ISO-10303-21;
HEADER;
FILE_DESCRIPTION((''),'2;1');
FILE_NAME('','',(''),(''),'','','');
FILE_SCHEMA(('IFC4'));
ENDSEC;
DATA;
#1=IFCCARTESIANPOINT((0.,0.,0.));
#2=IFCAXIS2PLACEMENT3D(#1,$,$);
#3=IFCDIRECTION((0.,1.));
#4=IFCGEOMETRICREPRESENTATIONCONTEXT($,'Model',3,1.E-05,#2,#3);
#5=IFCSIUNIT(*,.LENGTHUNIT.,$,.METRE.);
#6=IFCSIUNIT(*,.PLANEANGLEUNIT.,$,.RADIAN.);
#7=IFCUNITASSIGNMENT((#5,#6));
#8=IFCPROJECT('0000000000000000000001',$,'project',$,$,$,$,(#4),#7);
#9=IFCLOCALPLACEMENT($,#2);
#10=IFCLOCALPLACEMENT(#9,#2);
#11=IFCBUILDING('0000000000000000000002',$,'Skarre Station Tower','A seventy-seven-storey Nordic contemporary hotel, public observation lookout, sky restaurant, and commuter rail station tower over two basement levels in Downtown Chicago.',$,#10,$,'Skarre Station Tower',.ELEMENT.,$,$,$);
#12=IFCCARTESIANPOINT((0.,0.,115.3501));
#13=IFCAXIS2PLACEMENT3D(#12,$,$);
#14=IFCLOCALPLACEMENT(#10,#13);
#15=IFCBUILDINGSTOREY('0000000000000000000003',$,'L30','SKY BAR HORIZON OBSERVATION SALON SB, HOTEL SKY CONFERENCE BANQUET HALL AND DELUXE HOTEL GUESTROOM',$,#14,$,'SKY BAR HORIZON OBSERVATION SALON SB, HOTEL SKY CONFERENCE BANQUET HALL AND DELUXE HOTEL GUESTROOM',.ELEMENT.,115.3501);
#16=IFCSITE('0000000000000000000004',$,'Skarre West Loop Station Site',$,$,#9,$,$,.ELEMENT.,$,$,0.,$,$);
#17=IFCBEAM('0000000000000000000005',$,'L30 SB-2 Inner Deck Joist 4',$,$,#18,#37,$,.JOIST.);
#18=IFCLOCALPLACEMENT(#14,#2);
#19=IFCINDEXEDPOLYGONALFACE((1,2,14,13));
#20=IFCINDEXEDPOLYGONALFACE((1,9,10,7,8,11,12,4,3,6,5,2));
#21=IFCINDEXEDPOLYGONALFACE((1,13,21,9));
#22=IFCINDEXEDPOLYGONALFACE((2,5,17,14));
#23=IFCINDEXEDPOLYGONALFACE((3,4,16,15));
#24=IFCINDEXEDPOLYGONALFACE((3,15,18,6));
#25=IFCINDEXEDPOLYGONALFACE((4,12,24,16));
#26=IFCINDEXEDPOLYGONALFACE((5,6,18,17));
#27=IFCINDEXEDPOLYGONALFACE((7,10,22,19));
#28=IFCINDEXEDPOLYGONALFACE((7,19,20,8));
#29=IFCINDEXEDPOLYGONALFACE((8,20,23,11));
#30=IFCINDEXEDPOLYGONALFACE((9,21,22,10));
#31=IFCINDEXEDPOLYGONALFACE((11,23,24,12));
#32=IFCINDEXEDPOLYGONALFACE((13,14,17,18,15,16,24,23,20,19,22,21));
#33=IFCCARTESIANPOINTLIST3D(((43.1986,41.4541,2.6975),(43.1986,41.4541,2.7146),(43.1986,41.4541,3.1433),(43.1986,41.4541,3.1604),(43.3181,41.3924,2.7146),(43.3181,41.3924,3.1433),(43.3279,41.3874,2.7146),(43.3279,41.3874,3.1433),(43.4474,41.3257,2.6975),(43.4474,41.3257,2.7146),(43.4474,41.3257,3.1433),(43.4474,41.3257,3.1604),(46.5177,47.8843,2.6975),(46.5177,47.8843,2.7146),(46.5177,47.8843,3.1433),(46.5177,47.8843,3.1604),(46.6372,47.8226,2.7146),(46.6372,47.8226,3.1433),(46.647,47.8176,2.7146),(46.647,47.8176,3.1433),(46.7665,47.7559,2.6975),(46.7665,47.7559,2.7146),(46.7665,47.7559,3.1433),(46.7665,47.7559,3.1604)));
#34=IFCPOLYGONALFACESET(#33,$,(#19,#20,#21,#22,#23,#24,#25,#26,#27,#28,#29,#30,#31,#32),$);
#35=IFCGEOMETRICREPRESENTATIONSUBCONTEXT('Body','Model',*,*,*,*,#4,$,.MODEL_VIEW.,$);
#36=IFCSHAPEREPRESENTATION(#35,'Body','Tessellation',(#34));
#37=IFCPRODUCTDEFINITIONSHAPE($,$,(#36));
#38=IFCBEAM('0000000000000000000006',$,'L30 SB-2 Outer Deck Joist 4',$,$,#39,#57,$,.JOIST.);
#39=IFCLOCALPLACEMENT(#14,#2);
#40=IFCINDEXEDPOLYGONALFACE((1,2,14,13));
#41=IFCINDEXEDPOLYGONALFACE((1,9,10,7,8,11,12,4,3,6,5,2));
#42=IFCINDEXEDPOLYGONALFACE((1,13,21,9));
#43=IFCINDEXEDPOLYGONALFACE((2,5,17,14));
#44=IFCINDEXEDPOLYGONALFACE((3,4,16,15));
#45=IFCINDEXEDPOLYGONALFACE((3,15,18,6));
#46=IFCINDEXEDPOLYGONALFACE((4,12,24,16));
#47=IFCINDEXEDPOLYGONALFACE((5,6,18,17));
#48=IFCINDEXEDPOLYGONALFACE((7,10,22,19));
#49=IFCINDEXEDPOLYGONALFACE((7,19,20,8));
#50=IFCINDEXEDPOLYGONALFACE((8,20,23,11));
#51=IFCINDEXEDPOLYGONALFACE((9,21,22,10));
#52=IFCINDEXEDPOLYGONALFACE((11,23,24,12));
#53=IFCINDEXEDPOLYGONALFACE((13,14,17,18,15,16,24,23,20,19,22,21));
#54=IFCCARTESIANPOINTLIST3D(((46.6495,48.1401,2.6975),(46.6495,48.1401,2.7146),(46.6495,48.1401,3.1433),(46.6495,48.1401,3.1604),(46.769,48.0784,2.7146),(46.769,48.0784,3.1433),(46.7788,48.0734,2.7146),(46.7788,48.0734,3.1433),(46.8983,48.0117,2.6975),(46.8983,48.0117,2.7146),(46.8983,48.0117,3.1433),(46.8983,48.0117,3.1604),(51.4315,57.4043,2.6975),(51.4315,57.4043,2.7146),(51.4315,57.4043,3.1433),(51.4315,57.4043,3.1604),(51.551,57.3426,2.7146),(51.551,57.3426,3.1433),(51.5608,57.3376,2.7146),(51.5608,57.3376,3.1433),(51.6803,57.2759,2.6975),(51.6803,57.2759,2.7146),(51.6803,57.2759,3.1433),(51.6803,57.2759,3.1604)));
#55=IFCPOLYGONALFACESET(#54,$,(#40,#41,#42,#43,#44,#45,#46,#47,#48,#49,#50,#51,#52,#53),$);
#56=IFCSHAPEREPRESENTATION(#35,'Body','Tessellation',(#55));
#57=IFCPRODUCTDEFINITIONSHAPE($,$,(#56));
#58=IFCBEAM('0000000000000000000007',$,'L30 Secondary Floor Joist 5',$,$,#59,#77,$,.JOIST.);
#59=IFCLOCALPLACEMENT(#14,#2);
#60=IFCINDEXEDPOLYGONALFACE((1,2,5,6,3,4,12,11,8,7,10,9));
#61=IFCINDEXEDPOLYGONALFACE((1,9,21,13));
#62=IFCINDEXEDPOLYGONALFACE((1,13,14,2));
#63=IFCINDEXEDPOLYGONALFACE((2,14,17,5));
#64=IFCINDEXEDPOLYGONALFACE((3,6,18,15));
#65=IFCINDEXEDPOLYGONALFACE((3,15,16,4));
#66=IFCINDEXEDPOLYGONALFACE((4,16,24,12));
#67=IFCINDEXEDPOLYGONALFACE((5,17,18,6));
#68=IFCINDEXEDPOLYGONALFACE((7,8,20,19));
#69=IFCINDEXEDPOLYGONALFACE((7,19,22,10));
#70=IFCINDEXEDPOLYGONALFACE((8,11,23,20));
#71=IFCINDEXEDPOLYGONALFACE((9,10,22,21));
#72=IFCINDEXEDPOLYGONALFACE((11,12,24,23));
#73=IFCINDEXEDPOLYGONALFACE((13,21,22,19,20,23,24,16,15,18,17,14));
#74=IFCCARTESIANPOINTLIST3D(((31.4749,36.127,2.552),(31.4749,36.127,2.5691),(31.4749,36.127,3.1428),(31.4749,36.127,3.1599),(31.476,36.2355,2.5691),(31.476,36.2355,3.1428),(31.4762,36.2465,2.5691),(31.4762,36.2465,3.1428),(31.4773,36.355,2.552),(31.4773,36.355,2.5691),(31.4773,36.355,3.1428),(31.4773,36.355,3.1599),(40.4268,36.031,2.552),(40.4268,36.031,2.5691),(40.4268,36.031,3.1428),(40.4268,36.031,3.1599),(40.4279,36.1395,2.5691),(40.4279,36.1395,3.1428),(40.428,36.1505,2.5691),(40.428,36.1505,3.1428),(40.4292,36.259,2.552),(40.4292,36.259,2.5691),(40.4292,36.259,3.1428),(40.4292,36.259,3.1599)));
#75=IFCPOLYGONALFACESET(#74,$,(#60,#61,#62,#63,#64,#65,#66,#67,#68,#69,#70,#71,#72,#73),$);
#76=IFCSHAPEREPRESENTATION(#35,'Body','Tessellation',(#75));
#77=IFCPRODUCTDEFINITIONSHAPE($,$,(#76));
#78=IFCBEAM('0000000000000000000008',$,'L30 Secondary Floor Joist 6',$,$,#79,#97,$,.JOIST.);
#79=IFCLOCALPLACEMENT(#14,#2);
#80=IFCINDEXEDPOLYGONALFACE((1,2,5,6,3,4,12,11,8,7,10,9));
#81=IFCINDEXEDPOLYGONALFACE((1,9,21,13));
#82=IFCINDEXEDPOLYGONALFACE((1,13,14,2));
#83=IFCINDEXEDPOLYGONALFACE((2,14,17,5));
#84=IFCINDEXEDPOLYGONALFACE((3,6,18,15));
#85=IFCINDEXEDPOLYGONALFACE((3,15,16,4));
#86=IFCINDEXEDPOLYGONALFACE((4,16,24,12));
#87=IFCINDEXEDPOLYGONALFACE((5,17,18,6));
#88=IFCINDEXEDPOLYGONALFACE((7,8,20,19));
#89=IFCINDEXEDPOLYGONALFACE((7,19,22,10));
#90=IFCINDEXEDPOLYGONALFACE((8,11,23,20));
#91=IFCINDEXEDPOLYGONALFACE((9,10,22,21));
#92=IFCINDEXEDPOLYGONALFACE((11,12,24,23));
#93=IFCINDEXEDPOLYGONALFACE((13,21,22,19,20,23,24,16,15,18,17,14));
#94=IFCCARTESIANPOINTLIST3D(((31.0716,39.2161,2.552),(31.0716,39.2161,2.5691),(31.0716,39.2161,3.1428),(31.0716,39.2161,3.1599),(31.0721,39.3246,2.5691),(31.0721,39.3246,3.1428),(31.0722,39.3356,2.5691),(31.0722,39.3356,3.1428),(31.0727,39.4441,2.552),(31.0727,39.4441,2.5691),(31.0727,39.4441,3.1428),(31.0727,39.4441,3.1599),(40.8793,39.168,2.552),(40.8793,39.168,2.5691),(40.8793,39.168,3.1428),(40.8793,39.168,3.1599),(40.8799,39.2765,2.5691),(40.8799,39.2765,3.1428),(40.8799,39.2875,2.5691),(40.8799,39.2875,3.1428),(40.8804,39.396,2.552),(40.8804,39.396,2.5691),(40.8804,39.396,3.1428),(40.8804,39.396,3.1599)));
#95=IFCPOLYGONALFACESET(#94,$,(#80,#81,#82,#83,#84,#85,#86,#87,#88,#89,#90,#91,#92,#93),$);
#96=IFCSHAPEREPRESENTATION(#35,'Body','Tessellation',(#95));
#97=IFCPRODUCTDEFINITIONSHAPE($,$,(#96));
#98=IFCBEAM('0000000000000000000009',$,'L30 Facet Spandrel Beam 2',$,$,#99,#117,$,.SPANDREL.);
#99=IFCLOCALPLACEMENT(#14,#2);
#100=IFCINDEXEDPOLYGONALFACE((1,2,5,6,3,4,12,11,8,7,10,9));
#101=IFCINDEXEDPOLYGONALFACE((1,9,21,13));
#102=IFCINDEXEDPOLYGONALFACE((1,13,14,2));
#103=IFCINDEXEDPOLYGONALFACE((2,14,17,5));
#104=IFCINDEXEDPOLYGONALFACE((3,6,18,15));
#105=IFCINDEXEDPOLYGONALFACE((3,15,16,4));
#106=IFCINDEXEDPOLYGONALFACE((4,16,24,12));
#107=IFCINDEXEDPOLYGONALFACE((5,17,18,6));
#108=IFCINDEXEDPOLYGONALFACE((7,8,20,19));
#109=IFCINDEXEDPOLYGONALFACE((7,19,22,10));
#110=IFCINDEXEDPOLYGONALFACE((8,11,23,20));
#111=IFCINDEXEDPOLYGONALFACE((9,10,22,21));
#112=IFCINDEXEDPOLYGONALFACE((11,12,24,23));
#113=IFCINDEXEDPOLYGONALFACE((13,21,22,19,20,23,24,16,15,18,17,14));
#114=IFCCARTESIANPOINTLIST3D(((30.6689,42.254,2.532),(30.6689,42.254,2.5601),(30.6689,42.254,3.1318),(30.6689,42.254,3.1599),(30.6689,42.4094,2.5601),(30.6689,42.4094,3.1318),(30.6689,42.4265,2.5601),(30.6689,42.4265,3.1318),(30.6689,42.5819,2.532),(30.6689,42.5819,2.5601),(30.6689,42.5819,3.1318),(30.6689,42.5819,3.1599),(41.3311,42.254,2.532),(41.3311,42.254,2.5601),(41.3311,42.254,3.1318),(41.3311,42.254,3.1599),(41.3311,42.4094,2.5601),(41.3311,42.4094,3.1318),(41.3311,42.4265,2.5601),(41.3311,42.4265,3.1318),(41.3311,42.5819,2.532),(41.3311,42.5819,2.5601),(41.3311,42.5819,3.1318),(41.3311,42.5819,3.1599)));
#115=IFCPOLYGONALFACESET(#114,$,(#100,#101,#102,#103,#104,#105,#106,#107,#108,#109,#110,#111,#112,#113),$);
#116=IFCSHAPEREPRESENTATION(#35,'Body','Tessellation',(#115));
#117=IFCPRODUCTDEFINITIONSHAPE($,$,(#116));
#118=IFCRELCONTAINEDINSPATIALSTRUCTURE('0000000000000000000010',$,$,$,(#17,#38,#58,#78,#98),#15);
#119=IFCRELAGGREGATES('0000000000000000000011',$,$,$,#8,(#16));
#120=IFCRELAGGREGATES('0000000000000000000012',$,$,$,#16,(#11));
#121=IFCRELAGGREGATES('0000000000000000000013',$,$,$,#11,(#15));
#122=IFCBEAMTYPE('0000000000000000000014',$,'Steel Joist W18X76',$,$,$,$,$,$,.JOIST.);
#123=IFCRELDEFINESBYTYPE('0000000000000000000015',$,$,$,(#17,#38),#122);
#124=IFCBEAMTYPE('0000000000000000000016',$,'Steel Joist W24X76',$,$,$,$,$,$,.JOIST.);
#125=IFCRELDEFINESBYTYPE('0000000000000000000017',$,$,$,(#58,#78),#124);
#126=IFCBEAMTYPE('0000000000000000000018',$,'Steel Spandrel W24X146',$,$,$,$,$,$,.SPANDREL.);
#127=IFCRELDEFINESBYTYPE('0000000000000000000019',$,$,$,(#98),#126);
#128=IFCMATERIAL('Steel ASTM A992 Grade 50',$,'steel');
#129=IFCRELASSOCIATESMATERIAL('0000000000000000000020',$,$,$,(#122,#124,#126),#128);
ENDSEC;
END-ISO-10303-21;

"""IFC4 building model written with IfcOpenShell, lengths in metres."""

from ifc_helpers import new_model, si_unit, direction, frame, origin, origin_2d, place, context, subcontext, project, spatial, i_section, extrude, material, material_profile, profile_set, type_object, element, save


model = new_model("IFC4")

# Units and contexts
model_context = context("Model", 3, precision=1e-05, world=origin(), true_north=direction((0.0, 1.0)))
body_context = subcontext(model_context, "Body", "Model", "MODEL_VIEW")
ifc_project = project(units=[si_unit("LENGTHUNIT", "METRE"), si_unit("PLANEANGLEUNIT", "RADIAN")], contexts=[model_context])

# Site, building, storey
site_placement = place(None, origin())
site = spatial("IfcSite", under=ifc_project, at=site_placement, Name="Skarre West Loop Station Site", CompositionType="ELEMENT", RefElevation=0.0)
building_placement = place(site_placement, origin())
building = spatial("IfcBuilding", under=site, at=building_placement, Name="Skarre Station Tower", Description="A seventy-seven-storey Nordic contemporary hotel, public observation lookout, sky restaurant, and commuter rail station tower over two basement levels in Downtown Chicago.", LongName="Skarre Station Tower", CompositionType="ELEMENT")
storey_placement = place(building_placement, frame((0.0, 0.0, 115.3501)))
storey = spatial("IfcBuildingStorey", under=building, at=storey_placement, Name="L30", Description="SKY BAR HORIZON OBSERVATION SALON SB, HOTEL SKY CONFERENCE BANQUET HALL AND DELUXE HOTEL GUESTROOM", LongName="SKY BAR HORIZON OBSERVATION SALON SB, HOTEL SKY CONFERENCE BANQUET HALL AND DELUXE HOTEL GUESTROOM", CompositionType="ELEMENT", Elevation=115.3501)

# Beams
ifc_material_1 = material(Name="Steel ASTM A992 Grade 50", Category="steel")
ifc_material_profile_1 = material_profile(ifc_material_1, i_section(OverallWidth=0.28, OverallDepth=0.4629, WebThickness=0.011, FlangeThickness=0.0171, at=origin_2d()), Name="Steel ASTM A992 Grade 50")
ifc_profile_set_1 = profile_set([ifc_material_profile_1], Name="Steel ASTM A992 Grade 50")
beam_type_1 = type_object("IfcBeamType", Name="Steel Joist W18X76", PredefinedType="JOIST", material=ifc_profile_set_1)
beam_1_placement = place(storey_placement, frame((43.323, 41.3899, 2.929), z_axis=(0.458675, 0.888604, 0.0), x_axis=(-0.888604, 0.458675, 0.0)))
element("IfcBeam", 1, at=beam_1_placement, inside=storey, type_object=beam_type_1, Name="L30 SB-2 Inner Deck Joist 4", PredefinedType="JOIST", context=body_context, shape_type="SweptSolid", body=[
    extrude(i_section(OverallWidth=0.28, OverallDepth=0.4629, WebThickness=0.011, FlangeThickness=0.0171, at=origin_2d()), origin(), (0.0, 0.0, 1.0), 7.2363),
])
beam_2_placement = place(storey_placement, frame((46.7739, 48.0759, 2.929), z_axis=(0.458679, 0.888602, 0.0), x_axis=(-0.888602, 0.458679, 0.0)))
element("IfcBeam", 2, at=beam_2_placement, inside=storey, type_object=beam_type_1, Name="L30 SB-2 Outer Deck Joist 4", PredefinedType="JOIST", context=body_context, shape_type="SweptSolid", body=[
    extrude(i_section(OverallWidth=0.28, OverallDepth=0.4629, WebThickness=0.011, FlangeThickness=0.0171, at=origin_2d()), origin(), (0.0, 0.0, 1.0), 10.4255),
])
ifc_material_profile_2 = material_profile(ifc_material_1, i_section(OverallWidth=0.228, OverallDepth=0.6079, WebThickness=0.011, FlangeThickness=0.0171, at=origin_2d()), Name="Steel ASTM A992 Grade 50")
ifc_profile_set_2 = profile_set([ifc_material_profile_2], Name="Steel ASTM A992 Grade 50")
beam_type_2 = type_object("IfcBeamType", Name="Steel Joist W24X76", PredefinedType="JOIST", material=ifc_profile_set_2)
beam_3_placement = place(storey_placement, frame((40.428, 36.145, 2.856), z_axis=(-0.999943, 0.010717, 0.0), x_axis=(-0.010717, -0.999943, 0.0)))
element("IfcBeam", 3, at=beam_3_placement, inside=storey, type_object=beam_type_2, Name="L30 Secondary Floor Joist 5", PredefinedType="JOIST", context=body_context, shape_type="SweptSolid", body=[
    extrude(i_section(OverallWidth=0.228, OverallDepth=0.6079, WebThickness=0.011, FlangeThickness=0.0171, at=origin_2d()), origin(), (0.0, 0.0, 1.0), 8.9524),
])
beam_4_placement = place(storey_placement, frame((40.8799, 39.282, 2.856), z_axis=(-0.999988, 0.004904, 0.0), x_axis=(-0.004904, -0.999988, 0.0)))
element("IfcBeam", 4, at=beam_4_placement, inside=storey, type_object=beam_type_2, Name="L30 Secondary Floor Joist 6", PredefinedType="JOIST", context=body_context, shape_type="SweptSolid", body=[
    extrude(i_section(OverallWidth=0.228, OverallDepth=0.6079, WebThickness=0.011, FlangeThickness=0.0171, at=origin_2d()), origin(), (0.0, 0.0, 1.0), 9.8079),
])
ifc_material_profile_3 = material_profile(ifc_material_1, i_section(OverallWidth=0.3279, OverallDepth=0.6279, WebThickness=0.0171, FlangeThickness=0.0281, at=origin_2d()), Name="Steel ASTM A992 Grade 50")
ifc_profile_set_3 = profile_set([ifc_material_profile_3], Name="Steel ASTM A992 Grade 50")
beam_type_3 = type_object("IfcBeamType", Name="Steel Spandrel W24X146", PredefinedType="SPANDREL", material=ifc_profile_set_3)
beam_5_placement = place(storey_placement, frame((41.3311, 42.418, 2.8459), z_axis=(-1.0, 0.0, 0.0), x_axis=(0.0, -1.0, 0.0)))
element("IfcBeam", 5, at=beam_5_placement, inside=storey, type_object=beam_type_3, Name="L30 Facet Spandrel Beam 2", PredefinedType="SPANDREL", context=body_context, shape_type="SweptSolid", body=[
    extrude(i_section(OverallWidth=0.3279, OverallDepth=0.6279, WebThickness=0.0171, FlangeThickness=0.0281, at=origin_2d()), origin(), (0.0, 0.0, 1.0), 10.6621),
])

save(model, "model.ifc")
